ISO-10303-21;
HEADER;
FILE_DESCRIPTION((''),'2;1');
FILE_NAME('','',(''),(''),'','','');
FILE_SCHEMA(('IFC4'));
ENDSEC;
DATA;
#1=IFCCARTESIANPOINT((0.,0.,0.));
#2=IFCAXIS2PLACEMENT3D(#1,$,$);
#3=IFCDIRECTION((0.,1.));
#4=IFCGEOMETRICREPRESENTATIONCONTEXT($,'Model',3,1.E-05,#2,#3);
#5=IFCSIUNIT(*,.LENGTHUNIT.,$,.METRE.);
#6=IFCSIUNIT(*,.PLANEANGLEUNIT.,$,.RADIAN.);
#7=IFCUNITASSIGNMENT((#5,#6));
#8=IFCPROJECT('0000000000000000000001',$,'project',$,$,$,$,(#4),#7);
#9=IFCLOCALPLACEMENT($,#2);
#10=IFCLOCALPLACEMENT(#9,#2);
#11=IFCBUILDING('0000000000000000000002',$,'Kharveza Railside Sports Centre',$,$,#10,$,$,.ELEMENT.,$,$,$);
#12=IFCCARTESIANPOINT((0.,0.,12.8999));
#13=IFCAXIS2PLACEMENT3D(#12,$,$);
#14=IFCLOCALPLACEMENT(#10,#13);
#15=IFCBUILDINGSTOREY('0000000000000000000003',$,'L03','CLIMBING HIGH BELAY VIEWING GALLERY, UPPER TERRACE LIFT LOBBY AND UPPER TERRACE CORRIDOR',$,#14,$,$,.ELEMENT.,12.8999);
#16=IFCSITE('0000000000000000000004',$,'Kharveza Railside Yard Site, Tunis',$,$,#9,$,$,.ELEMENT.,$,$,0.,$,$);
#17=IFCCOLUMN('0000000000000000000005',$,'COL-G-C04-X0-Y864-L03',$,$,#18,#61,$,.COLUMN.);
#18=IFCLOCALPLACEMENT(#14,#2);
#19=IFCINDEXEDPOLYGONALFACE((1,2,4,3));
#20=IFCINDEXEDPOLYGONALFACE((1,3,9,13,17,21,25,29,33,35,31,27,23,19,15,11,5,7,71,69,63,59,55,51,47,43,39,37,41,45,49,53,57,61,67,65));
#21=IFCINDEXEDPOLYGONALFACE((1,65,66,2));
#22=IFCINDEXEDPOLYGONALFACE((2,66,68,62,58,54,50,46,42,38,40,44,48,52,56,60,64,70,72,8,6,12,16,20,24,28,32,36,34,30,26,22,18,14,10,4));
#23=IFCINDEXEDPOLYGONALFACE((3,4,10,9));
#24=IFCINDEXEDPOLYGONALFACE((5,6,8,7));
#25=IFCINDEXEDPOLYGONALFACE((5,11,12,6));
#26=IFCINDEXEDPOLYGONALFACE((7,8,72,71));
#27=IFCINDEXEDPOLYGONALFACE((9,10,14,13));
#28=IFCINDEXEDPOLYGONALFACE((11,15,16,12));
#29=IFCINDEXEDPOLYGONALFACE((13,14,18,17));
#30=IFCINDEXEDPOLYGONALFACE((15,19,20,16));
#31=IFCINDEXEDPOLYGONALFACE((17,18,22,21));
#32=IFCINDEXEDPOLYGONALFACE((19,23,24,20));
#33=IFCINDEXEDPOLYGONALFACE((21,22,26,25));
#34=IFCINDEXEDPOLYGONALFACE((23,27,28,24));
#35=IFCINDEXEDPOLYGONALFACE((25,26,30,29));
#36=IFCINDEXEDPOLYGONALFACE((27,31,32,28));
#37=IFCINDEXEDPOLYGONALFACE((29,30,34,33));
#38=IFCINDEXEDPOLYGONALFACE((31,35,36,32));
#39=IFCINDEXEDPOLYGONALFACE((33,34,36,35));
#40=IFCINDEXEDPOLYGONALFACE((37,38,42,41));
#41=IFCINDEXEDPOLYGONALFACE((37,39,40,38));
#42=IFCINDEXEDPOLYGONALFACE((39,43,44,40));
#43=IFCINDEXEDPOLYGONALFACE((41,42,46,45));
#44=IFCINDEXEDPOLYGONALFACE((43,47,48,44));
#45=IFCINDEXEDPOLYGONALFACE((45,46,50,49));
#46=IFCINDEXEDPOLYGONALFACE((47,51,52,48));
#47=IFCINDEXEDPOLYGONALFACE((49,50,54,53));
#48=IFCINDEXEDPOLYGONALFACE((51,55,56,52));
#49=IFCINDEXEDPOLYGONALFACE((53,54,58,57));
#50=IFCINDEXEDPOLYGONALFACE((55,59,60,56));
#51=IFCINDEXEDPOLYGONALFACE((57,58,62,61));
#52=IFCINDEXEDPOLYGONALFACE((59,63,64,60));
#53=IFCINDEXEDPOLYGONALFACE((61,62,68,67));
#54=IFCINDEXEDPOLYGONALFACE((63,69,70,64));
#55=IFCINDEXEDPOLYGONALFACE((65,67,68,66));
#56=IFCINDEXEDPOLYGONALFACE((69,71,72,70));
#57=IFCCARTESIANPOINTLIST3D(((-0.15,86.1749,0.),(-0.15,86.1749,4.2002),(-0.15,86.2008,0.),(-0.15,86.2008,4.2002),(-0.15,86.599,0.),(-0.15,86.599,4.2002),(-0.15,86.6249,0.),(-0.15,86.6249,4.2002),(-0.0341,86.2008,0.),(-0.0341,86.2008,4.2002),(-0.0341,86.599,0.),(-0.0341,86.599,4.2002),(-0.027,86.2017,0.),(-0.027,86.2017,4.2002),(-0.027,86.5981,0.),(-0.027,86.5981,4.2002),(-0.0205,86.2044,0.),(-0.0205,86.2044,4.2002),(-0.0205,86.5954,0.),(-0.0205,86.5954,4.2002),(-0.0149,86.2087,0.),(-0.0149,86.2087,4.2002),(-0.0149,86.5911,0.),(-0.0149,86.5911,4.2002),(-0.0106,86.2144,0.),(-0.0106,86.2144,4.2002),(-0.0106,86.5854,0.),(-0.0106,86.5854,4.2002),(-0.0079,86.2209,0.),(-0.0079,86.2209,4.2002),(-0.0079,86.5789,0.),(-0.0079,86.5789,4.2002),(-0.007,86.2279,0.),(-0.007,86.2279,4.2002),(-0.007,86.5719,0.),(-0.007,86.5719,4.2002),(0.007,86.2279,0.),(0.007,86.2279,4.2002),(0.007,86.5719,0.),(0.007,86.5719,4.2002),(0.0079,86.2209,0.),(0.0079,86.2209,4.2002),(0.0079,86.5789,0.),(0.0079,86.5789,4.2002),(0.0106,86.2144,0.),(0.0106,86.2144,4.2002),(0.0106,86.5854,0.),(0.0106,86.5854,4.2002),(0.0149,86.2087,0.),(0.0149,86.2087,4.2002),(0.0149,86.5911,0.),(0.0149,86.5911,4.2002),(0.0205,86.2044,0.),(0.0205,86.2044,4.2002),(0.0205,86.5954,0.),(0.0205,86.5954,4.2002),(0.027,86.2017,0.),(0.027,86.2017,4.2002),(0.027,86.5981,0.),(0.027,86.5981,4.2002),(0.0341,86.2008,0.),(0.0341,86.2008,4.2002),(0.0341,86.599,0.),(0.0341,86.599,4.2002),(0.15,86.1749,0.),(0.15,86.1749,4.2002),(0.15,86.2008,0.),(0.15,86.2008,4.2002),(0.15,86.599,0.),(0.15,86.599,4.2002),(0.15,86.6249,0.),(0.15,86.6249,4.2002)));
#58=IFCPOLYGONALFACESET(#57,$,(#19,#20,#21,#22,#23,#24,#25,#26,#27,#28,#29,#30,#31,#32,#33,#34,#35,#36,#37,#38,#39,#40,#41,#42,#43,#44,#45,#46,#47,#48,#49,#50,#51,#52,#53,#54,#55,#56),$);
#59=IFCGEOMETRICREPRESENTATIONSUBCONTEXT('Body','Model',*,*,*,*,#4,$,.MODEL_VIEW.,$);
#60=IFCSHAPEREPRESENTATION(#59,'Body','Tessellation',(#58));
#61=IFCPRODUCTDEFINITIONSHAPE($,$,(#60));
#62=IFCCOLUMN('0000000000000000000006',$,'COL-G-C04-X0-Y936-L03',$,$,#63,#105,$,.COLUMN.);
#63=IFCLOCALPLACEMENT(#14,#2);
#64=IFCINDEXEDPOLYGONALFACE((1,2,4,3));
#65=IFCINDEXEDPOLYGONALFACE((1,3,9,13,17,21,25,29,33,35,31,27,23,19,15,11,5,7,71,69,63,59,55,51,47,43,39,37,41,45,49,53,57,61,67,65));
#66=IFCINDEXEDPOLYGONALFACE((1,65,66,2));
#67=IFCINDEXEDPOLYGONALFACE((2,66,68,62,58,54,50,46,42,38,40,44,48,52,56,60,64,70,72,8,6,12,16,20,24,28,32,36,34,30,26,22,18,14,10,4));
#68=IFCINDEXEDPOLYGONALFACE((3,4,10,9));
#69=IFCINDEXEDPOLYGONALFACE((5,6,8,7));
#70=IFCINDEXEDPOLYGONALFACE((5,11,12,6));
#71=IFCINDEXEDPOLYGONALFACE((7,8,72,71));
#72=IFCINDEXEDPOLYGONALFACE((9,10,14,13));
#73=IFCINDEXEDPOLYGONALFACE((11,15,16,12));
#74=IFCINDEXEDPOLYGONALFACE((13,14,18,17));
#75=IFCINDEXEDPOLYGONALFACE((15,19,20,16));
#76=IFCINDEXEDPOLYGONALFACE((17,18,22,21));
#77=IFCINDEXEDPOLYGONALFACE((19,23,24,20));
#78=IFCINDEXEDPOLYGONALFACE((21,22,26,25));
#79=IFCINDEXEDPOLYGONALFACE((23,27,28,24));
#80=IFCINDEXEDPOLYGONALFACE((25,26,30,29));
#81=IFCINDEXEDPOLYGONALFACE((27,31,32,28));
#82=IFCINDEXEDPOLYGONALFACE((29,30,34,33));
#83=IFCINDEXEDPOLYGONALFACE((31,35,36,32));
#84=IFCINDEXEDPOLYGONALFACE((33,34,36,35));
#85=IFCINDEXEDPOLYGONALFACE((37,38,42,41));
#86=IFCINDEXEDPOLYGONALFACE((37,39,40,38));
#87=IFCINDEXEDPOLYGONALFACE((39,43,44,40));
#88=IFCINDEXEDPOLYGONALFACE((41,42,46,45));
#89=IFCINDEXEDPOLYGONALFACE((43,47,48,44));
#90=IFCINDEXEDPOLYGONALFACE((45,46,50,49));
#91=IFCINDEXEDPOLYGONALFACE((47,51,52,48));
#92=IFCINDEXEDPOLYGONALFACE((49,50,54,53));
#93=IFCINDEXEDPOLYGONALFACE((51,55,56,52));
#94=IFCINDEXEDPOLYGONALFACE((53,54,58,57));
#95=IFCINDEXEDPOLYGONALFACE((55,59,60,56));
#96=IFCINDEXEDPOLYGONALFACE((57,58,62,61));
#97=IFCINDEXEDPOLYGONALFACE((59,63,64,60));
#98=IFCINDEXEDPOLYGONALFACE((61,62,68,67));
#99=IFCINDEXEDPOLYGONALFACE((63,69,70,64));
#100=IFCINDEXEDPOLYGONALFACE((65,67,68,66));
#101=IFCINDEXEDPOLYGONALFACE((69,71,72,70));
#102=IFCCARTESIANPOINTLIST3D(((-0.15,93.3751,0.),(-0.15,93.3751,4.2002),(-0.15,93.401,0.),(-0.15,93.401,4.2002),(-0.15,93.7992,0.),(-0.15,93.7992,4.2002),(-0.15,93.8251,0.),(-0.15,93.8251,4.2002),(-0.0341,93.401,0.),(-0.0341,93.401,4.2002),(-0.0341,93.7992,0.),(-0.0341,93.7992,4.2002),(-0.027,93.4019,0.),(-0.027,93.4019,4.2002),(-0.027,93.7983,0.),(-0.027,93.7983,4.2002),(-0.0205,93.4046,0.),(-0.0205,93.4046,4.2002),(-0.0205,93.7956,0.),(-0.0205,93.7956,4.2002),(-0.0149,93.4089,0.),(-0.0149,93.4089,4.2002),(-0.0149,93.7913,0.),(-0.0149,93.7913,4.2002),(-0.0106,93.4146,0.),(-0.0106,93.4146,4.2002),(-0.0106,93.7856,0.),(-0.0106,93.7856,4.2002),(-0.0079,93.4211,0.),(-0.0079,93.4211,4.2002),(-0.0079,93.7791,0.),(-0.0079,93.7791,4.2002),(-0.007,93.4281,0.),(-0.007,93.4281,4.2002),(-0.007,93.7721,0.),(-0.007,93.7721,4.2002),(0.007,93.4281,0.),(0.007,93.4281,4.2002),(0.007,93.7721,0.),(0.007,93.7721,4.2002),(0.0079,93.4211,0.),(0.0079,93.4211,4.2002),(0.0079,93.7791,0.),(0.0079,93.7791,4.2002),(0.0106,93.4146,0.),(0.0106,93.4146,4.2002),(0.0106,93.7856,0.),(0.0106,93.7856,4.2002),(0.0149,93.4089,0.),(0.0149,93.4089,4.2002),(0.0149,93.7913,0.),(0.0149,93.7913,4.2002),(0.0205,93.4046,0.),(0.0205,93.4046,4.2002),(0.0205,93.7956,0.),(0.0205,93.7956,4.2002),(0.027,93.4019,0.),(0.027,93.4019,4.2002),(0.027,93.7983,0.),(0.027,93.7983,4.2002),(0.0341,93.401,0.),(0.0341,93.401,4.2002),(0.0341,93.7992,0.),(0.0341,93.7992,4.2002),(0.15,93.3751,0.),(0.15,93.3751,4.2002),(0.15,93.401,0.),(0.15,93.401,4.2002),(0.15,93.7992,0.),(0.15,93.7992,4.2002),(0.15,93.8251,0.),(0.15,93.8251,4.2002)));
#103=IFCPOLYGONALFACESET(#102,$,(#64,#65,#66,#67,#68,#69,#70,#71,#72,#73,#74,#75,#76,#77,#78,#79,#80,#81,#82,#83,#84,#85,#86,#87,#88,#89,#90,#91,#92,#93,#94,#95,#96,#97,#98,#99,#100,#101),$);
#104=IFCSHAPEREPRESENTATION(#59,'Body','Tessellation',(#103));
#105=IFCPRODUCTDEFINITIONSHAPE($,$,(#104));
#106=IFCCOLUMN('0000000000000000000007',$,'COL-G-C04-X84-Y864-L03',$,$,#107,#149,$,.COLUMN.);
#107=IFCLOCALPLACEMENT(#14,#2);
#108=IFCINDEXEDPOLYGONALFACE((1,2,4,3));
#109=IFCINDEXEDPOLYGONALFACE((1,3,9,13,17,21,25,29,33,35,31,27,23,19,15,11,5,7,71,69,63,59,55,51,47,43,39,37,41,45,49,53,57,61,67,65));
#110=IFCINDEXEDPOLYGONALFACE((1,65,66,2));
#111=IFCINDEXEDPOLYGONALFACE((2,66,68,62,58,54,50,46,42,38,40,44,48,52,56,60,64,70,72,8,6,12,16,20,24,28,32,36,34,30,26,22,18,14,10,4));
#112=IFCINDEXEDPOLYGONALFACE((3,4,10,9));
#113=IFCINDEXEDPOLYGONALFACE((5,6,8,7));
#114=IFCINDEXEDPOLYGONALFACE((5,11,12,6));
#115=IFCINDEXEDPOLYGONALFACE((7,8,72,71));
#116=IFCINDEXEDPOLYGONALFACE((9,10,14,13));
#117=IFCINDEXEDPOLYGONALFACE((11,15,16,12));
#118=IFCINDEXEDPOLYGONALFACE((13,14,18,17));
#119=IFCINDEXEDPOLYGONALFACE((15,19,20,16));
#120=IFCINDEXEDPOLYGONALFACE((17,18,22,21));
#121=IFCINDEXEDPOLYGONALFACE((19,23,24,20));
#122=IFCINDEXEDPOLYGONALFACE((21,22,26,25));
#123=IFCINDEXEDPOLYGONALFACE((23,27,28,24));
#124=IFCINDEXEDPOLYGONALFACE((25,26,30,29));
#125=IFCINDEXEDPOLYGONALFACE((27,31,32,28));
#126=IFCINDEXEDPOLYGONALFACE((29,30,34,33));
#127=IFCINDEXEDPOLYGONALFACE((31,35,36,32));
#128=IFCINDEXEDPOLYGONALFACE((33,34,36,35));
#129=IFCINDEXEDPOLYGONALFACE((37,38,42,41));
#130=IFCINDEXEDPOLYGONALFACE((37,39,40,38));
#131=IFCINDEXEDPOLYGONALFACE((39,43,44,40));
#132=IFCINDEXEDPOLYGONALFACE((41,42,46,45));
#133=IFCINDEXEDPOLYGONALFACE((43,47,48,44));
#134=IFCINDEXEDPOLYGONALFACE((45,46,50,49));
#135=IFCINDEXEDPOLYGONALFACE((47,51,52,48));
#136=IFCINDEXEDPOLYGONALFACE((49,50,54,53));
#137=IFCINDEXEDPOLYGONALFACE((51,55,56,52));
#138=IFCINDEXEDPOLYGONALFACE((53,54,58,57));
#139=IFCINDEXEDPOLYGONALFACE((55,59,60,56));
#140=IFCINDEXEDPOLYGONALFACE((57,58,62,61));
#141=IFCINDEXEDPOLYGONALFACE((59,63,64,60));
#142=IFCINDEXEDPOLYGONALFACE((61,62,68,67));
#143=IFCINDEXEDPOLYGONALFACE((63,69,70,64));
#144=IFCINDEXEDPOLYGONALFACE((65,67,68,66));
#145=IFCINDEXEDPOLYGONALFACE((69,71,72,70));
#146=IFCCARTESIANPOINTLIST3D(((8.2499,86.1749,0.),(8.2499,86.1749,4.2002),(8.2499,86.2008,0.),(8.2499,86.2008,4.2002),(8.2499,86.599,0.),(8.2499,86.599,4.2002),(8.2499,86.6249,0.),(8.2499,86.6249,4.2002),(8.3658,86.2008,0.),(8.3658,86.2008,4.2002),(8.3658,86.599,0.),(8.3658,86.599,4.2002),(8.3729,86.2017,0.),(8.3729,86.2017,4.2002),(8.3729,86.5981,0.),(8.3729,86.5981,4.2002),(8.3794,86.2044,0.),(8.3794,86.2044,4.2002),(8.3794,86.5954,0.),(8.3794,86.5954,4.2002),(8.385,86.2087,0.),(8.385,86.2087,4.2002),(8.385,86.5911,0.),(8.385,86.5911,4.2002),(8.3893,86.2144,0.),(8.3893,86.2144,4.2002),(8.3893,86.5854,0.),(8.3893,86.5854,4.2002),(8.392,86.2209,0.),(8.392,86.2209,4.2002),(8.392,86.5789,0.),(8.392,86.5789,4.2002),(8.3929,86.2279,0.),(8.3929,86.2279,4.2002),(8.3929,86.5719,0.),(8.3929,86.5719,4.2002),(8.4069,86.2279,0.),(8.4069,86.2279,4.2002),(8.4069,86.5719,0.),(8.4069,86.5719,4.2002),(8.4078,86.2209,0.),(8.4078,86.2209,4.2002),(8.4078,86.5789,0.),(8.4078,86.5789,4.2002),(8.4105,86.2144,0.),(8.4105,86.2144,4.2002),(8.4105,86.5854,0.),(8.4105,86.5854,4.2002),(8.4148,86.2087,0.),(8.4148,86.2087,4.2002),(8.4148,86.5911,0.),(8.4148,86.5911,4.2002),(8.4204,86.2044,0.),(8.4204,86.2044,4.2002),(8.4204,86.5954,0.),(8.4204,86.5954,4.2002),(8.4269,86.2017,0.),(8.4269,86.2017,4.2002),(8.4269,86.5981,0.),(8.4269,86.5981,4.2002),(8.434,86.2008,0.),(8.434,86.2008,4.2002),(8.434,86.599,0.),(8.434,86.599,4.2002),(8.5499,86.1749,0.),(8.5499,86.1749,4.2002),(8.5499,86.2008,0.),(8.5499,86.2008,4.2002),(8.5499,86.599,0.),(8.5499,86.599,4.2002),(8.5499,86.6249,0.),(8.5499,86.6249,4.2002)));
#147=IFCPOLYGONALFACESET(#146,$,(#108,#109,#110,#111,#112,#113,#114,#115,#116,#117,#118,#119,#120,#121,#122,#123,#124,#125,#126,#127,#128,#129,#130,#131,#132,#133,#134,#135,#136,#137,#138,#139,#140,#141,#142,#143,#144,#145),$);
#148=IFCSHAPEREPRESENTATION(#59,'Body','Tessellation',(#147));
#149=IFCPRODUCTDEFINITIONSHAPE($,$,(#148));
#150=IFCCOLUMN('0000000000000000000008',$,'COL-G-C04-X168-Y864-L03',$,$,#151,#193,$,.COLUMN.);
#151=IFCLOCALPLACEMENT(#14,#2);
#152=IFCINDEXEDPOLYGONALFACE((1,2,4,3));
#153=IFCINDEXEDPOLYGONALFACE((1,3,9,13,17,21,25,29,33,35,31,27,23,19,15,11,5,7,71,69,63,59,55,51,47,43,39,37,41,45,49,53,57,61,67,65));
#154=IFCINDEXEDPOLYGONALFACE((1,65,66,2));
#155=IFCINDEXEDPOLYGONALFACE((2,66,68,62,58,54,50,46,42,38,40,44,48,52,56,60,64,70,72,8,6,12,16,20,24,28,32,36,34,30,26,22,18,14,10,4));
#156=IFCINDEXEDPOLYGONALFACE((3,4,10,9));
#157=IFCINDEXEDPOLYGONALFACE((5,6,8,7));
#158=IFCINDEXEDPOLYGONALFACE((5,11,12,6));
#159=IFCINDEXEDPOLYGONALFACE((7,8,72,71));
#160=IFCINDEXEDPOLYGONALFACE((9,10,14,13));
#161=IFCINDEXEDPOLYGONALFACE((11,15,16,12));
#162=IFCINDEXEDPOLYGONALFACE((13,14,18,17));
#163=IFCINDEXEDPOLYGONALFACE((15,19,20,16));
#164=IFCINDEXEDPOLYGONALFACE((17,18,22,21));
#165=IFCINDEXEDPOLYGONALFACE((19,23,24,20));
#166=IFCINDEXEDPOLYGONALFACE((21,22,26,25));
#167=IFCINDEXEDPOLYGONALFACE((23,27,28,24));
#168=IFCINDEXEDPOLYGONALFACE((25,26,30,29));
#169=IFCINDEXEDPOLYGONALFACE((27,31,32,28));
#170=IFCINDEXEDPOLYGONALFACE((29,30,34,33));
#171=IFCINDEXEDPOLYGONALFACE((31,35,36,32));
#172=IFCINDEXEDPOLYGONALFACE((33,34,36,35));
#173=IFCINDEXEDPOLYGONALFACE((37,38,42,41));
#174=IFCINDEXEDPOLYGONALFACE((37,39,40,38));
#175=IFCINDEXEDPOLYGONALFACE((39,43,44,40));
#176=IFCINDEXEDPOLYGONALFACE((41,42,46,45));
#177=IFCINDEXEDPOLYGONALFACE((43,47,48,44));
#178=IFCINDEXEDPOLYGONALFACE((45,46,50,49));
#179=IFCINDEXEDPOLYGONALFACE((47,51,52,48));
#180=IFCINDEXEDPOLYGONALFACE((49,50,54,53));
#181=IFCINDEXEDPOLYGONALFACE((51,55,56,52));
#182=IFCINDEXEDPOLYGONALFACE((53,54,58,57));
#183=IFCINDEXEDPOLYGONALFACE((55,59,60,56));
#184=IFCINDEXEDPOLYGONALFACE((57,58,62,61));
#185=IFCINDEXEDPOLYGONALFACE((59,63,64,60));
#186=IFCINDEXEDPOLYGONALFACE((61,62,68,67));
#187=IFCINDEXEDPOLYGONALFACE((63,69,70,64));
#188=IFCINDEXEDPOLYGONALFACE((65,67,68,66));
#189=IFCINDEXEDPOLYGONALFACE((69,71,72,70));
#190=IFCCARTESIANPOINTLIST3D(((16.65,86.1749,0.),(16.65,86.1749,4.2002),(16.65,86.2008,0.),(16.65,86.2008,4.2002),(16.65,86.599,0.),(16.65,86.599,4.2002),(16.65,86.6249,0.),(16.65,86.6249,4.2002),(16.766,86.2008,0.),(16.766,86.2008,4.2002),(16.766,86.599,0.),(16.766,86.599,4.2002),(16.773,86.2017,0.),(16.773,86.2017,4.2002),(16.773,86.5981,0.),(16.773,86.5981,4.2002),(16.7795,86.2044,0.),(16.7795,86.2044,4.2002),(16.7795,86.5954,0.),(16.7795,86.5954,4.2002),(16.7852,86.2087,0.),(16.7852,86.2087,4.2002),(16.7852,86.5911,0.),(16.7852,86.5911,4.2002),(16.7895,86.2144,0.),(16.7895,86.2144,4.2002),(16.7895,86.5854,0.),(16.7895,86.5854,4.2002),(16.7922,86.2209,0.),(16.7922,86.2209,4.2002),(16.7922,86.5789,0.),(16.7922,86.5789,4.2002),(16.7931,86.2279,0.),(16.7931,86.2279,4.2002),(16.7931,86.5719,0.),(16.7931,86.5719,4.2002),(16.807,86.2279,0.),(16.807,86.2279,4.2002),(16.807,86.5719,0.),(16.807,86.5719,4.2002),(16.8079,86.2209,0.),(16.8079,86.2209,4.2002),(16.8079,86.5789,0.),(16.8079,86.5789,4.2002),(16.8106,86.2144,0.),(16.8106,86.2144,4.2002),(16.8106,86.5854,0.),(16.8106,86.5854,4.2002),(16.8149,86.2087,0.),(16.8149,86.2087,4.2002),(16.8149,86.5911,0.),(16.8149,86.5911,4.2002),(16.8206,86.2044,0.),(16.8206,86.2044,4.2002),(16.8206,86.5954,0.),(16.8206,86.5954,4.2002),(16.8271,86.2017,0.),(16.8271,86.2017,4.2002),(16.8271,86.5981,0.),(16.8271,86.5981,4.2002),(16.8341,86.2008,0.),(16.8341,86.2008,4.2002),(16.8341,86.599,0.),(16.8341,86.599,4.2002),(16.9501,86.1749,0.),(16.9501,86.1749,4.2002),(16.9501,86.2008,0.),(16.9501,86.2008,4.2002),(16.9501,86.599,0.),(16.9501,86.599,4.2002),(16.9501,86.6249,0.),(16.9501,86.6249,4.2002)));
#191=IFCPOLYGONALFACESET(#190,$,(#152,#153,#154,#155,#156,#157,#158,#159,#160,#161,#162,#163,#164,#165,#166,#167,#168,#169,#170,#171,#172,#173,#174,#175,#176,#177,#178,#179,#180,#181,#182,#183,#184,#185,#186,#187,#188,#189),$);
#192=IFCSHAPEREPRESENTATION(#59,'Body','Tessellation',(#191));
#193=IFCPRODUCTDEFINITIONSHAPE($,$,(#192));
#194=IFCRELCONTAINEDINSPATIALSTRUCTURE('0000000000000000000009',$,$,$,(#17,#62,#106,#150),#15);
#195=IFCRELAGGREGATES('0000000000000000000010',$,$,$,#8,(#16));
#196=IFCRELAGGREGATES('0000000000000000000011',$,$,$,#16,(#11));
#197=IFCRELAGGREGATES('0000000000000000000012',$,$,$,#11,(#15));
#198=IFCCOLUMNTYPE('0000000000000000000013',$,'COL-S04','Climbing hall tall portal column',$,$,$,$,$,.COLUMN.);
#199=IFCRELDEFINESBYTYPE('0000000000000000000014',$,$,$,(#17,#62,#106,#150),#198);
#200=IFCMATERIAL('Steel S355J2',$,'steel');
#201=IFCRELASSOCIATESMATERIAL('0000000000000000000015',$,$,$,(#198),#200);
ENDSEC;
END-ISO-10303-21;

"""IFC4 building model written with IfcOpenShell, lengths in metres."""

from ifc_helpers import new_model, si_unit, direction, frame, origin, origin_2d, place, context, subcontext, project, spatial, i_section, extrude, material, material_profile, profile_set, type_object, element, save


model = new_model("IFC4")

# Units and contexts
model_context = context("Model", 3, precision=1e-05, world=origin(), true_north=direction((0.0, 1.0)))
body_context = subcontext(model_context, "Body", "Model", "MODEL_VIEW")
ifc_project = project(units=[si_unit("LENGTHUNIT", "METRE"), si_unit("PLANEANGLEUNIT", "RADIAN")], contexts=[model_context])

# Site, building, storey
site_placement = place(None, origin())
site = spatial("IfcSite", under=ifc_project, at=site_placement, Name="Kharveza Railside Yard Site, Tunis", CompositionType="ELEMENT", RefElevation=0.0)
building_placement = place(site_placement, origin())
building = spatial("IfcBuilding", under=site, at=building_placement, Name="Kharveza Railside Sports Centre", CompositionType="ELEMENT")
storey_placement = place(building_placement, frame((0.0, 0.0, 12.8999)))
storey = spatial("IfcBuildingStorey", under=building, at=storey_placement, Name="L03", Description="CLIMBING HIGH BELAY VIEWING GALLERY, UPPER TERRACE LIFT LOBBY AND UPPER TERRACE CORRIDOR", CompositionType="ELEMENT", Elevation=12.8999)

# Columns
ifc_material_1 = material(Name="Steel S355J2", Category="steel")
ifc_material_profile_1 = material_profile(ifc_material_1, i_section(OverallWidth=0.3, OverallDepth=0.45, WebThickness=0.0139, FlangeThickness=0.0259, FilletRadius=0.0271, at=origin_2d()), Name="HEB 450")
ifc_profile_set_1 = profile_set([ifc_material_profile_1], Name="Steel S355J2")
column_type = type_object("IfcColumnType", Name="COL-S04", Description="Climbing hall tall portal column", PredefinedType="COLUMN", material=ifc_profile_set_1)
for number, where, z_axis, x_axis, name in (
    (1, (0.0, 86.3999, 0.0), (0.0, 0.0, 1.0), (1.0, 0.0, 0.0), "COL-G-C04-X0-Y864-L03"),
    (2, (0.0, 93.6001, 0.0), (0.0, 0.0, 1.0), (1.0, 0.0, 0.0), "COL-G-C04-X0-Y936-L03"),
    (3, (8.3999, 86.3999, 0.0), (0.0, 0.0, 1.0), (1.0, 0.0, 0.0), "COL-G-C04-X84-Y864-L03"),
    (4, (16.8, 86.3999, 0.0), (0.0, 0.0, 1.0), (1.0, 0.0, 0.0), "COL-G-C04-X168-Y864-L03"),
):
    element("IfcColumn", number, at=place(storey_placement, frame(where, z_axis=z_axis, x_axis=x_axis)), inside=storey, type_object=column_type, Name=name, PredefinedType="COLUMN", context=body_context, shape_type="SweptSolid", body=[
        extrude(i_section(OverallWidth=0.3, OverallDepth=0.45, WebThickness=0.0139, FlangeThickness=0.0259, FilletRadius=0.0271, at=origin_2d()), origin(), (0.0, 0.0, 1.0), 4.2002),
    ])

save(model, "model.ifc")
